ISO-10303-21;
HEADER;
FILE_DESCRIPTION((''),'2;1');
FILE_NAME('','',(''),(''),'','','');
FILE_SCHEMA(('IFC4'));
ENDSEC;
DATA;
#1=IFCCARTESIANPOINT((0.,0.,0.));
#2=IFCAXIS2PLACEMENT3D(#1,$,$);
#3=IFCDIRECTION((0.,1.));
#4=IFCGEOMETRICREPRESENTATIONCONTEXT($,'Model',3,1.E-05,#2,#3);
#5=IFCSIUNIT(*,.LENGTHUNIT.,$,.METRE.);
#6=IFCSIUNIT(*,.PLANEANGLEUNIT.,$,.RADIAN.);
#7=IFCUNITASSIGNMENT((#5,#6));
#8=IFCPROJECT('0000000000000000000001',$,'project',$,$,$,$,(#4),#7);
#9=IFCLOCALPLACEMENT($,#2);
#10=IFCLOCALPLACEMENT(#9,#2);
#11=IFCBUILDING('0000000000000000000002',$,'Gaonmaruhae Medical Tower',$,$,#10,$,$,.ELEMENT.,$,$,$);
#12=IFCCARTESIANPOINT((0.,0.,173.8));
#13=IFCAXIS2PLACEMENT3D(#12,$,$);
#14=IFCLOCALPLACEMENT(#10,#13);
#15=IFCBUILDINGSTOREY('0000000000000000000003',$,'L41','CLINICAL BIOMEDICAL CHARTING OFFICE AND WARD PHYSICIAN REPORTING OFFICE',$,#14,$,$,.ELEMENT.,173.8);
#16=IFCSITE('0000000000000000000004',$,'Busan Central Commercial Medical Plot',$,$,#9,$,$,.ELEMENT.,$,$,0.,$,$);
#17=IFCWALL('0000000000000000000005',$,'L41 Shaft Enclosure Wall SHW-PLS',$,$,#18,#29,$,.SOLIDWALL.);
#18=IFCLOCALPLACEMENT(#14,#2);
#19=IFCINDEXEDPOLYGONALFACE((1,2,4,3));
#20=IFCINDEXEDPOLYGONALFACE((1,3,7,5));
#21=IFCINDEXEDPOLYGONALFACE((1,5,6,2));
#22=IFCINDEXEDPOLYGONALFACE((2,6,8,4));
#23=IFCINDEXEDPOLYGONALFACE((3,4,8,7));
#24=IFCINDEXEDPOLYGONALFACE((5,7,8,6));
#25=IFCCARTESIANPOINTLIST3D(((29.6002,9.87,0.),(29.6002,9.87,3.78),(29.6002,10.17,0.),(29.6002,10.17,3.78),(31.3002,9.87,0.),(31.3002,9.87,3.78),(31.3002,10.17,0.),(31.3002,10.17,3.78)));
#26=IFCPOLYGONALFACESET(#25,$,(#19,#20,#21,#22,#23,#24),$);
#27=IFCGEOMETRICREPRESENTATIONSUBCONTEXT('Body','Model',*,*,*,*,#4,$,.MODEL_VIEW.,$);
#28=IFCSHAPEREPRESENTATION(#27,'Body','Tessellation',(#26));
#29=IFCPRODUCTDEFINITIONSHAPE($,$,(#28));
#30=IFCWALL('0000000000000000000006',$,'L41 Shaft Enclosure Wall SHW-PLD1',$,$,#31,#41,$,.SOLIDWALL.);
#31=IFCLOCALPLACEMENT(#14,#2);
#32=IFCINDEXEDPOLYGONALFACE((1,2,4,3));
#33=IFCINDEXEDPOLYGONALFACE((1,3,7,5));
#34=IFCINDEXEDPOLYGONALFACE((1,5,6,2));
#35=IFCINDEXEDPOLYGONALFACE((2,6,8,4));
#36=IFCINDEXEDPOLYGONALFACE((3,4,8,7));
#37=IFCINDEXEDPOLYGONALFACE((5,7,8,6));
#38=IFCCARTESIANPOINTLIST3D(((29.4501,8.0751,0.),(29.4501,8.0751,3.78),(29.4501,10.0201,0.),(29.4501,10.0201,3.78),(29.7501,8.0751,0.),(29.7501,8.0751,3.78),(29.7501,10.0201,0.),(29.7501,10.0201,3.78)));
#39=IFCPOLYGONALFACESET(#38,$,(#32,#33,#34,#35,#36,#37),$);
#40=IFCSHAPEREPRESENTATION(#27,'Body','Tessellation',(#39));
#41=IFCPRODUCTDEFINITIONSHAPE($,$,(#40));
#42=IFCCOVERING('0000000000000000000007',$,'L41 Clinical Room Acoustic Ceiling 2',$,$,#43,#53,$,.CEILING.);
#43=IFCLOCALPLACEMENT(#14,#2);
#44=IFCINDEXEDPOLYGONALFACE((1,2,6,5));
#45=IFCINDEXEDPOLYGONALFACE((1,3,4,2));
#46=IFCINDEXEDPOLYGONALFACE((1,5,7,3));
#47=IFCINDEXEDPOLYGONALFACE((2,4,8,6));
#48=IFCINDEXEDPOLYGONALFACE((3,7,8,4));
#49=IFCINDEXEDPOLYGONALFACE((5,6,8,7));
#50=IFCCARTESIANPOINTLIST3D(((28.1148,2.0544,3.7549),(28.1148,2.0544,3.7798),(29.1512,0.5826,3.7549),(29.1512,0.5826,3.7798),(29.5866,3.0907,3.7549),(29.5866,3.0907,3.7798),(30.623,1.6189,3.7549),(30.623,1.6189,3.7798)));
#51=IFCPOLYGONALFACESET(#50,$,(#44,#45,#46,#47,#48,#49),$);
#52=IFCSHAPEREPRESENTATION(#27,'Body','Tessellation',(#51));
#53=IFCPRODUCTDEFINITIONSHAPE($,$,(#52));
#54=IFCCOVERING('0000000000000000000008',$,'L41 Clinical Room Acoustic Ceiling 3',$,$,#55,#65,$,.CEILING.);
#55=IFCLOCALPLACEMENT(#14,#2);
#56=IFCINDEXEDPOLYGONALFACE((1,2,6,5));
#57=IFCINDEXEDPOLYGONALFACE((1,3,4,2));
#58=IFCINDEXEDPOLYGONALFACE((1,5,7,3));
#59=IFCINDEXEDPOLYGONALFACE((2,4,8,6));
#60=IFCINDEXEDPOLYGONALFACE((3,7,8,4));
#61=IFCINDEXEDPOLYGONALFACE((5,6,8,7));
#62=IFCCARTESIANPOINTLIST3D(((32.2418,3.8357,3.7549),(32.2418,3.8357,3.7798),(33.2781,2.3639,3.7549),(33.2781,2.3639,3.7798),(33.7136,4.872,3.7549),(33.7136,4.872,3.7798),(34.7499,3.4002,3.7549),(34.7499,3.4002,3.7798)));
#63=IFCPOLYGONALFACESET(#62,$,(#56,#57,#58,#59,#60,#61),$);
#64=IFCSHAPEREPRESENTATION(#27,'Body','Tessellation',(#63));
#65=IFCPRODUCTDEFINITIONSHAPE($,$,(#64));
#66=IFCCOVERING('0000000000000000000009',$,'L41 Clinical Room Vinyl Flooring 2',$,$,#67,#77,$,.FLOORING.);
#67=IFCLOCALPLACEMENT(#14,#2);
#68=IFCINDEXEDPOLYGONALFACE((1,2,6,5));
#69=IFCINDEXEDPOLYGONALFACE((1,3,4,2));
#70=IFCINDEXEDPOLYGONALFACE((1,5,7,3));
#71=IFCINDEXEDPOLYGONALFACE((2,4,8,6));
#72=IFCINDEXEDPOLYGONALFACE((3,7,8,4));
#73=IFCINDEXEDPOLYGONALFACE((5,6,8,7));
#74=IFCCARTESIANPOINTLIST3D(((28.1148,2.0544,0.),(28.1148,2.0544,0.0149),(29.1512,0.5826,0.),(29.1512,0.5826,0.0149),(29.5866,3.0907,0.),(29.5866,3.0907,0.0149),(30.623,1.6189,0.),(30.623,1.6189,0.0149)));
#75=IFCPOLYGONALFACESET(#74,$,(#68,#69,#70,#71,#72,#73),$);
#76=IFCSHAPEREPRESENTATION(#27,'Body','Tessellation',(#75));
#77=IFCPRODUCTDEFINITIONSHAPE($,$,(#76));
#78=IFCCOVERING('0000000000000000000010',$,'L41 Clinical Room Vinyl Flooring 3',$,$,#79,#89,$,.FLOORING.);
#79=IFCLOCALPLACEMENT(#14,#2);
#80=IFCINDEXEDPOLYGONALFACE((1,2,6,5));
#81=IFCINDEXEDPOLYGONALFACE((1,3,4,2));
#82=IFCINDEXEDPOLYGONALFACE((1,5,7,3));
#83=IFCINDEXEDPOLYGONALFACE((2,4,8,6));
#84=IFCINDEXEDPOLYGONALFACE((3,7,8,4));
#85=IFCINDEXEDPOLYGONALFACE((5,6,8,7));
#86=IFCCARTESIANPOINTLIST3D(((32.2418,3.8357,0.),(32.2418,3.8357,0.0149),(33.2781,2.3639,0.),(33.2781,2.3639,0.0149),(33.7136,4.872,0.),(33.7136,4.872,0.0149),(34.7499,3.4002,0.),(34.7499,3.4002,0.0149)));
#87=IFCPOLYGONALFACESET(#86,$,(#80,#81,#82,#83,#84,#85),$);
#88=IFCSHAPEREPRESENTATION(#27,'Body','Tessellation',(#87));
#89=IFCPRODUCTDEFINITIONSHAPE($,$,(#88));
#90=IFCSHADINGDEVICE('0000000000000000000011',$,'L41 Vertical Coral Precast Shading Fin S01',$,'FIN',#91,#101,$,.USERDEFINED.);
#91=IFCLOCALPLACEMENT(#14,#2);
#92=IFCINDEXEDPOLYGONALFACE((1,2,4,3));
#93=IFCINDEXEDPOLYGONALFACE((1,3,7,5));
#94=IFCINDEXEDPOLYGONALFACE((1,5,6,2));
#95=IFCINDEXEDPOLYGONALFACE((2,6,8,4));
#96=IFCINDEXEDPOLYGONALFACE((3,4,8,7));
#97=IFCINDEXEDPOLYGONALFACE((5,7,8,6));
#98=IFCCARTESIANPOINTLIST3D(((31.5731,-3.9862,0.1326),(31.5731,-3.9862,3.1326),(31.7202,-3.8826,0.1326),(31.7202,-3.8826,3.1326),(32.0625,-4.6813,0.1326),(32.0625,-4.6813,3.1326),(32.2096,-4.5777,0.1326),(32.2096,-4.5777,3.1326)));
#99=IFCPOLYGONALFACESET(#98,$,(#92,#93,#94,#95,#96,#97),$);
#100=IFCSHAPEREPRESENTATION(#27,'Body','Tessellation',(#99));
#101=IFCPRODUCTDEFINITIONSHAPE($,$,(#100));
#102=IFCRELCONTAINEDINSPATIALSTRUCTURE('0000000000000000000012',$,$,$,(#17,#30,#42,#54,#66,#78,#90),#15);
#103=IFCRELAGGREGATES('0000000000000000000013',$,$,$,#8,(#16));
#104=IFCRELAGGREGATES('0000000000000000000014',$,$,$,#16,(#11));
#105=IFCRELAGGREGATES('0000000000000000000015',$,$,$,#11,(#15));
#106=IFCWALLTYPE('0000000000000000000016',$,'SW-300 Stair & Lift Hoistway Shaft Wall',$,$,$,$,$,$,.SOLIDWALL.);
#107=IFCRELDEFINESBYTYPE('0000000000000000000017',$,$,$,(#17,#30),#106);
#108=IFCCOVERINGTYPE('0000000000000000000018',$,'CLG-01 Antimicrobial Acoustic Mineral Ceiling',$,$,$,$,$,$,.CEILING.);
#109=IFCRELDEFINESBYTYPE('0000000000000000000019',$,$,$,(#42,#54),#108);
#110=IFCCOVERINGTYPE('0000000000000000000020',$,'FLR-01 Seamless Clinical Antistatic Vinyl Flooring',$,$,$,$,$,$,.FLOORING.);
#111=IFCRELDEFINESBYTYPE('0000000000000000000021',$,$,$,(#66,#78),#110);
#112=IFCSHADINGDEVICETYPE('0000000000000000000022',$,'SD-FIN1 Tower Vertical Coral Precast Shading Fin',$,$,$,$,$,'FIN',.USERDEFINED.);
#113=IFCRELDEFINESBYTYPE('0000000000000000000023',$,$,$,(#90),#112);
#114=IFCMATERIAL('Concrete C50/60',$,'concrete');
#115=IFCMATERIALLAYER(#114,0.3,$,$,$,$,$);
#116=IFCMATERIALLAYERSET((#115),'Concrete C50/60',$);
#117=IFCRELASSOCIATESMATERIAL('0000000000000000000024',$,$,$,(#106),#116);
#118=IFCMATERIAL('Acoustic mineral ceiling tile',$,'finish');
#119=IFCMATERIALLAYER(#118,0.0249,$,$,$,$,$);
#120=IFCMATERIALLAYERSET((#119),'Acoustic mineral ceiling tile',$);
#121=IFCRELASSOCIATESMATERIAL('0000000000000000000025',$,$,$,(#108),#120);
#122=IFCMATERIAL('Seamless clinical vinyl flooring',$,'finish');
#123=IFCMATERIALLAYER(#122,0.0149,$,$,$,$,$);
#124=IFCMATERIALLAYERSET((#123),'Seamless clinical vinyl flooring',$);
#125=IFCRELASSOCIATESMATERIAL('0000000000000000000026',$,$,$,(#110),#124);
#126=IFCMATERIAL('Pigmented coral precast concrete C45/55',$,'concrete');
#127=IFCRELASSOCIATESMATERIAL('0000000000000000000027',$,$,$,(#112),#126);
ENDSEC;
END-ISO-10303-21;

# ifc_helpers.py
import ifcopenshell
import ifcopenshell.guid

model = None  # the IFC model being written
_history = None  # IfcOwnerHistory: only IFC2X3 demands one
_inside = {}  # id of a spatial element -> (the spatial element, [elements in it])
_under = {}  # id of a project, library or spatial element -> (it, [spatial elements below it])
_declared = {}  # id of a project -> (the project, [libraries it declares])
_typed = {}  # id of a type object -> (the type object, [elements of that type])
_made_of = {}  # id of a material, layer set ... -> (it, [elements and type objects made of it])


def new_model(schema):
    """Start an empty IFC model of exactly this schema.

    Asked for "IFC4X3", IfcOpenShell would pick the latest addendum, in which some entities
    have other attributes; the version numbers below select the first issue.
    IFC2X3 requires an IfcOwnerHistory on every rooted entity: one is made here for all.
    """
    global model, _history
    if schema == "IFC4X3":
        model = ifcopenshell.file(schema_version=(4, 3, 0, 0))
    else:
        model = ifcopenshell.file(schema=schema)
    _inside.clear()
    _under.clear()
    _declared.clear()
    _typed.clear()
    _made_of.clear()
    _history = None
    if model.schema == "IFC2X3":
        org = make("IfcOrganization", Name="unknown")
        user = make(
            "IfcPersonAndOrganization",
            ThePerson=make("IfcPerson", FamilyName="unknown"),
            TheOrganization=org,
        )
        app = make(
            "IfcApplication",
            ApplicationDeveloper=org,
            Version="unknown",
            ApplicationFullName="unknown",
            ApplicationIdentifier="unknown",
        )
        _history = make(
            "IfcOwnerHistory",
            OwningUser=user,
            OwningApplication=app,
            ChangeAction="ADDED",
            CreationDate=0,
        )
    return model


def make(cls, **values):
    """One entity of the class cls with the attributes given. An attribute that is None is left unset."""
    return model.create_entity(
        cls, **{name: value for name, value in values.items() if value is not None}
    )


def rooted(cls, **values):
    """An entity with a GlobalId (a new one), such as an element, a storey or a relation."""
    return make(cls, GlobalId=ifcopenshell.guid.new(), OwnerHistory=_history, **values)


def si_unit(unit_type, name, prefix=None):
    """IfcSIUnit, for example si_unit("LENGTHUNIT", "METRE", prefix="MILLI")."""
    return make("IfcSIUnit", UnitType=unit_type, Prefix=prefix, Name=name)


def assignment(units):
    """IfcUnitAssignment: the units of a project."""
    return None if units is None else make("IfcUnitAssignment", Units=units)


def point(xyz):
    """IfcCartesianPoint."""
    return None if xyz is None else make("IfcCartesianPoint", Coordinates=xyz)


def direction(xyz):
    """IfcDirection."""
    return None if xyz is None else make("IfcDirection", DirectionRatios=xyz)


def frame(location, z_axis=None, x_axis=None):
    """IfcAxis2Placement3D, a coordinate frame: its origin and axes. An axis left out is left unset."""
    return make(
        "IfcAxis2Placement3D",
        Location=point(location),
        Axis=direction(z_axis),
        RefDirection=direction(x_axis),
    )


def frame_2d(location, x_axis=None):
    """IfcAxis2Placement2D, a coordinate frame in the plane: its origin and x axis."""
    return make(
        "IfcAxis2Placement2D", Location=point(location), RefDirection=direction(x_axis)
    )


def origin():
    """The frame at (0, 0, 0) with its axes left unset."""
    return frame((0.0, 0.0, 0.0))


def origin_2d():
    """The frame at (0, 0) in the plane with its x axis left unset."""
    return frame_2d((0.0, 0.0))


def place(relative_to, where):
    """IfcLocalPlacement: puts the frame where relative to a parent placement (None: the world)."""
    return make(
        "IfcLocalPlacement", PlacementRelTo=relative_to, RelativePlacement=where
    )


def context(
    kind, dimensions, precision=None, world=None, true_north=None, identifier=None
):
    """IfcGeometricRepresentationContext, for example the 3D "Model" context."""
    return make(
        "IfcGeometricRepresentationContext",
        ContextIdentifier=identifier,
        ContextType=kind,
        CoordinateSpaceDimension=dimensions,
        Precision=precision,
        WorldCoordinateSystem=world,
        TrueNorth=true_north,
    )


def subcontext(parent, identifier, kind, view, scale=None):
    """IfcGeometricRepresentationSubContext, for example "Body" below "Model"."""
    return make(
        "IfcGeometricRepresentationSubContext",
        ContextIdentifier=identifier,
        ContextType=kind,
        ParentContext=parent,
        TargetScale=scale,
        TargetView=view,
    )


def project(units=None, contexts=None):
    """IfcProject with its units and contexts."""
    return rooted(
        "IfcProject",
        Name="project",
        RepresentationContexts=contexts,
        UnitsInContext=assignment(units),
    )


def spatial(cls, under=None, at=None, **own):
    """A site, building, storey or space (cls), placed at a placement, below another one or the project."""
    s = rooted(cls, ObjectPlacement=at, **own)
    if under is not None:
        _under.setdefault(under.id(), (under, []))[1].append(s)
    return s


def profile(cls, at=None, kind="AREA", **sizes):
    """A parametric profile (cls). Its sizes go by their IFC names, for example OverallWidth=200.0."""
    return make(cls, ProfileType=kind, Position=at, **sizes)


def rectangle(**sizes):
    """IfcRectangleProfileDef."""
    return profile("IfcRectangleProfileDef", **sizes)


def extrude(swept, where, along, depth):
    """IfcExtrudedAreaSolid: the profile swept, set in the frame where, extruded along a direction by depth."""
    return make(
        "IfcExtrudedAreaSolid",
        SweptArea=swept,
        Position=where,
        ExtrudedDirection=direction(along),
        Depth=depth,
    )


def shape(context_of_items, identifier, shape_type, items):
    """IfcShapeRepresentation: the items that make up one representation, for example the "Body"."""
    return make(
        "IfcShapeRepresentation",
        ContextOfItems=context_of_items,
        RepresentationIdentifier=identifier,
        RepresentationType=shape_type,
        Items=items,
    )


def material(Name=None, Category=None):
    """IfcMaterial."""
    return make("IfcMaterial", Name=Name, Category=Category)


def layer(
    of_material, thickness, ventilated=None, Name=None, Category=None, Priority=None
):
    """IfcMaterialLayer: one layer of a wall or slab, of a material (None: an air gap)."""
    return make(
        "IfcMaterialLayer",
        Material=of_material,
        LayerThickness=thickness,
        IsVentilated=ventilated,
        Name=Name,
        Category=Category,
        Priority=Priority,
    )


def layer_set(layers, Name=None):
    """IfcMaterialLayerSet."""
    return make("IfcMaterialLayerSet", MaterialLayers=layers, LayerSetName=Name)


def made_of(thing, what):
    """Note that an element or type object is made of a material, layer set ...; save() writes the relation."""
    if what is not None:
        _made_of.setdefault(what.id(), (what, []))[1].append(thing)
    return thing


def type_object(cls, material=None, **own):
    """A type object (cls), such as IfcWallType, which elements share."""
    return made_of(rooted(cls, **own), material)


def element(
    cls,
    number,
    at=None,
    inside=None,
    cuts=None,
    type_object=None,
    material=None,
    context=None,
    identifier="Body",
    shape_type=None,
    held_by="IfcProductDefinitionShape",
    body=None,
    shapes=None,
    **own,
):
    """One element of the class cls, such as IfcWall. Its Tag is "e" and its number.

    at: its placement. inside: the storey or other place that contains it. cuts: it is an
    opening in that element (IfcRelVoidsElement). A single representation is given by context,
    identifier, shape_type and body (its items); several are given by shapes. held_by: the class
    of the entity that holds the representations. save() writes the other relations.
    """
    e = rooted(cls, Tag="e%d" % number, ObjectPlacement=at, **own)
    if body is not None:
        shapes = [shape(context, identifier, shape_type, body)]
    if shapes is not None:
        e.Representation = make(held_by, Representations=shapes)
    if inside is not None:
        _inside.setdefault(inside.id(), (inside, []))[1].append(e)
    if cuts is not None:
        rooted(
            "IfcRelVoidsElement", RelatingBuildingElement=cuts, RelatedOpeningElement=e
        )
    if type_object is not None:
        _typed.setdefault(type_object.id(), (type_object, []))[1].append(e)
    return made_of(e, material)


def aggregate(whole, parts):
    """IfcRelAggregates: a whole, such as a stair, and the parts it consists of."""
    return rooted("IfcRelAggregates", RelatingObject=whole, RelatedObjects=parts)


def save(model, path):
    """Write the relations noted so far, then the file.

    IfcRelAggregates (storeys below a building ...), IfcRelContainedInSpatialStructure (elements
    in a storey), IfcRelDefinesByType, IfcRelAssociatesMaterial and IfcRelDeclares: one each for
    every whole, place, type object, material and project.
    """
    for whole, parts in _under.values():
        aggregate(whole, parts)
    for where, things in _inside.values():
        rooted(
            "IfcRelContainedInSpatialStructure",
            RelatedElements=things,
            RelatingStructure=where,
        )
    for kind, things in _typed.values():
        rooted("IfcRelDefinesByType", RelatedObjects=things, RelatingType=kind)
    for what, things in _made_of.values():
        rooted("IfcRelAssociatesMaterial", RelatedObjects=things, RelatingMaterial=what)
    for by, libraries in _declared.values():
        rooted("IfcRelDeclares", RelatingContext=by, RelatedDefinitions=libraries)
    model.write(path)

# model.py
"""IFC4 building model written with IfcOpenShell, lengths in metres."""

from ifc_helpers import new_model, si_unit, direction, frame, frame_2d, origin, origin_2d, place, context, subcontext, project, spatial, rectangle, extrude, material, layer, layer_set, type_object, element, save


model = new_model("IFC4")

# Units and contexts
model_context = context("Model", 3, precision=1e-05, world=origin(), true_north=direction((0.0, 1.0)))
body_context = subcontext(model_context, "Body", "Model", "MODEL_VIEW")
ifc_project = project(units=[si_unit("LENGTHUNIT", "METRE"), si_unit("PLANEANGLEUNIT", "RADIAN")], contexts=[model_context])

# Site, building, storey
site_placement = place(None, origin())
site = spatial("IfcSite", under=ifc_project, at=site_placement, Name="Busan Central Commercial Medical Plot", CompositionType="ELEMENT", RefElevation=0.0)
building_placement = place(site_placement, origin())
building = spatial("IfcBuilding", under=site, at=building_placement, Name="Gaonmaruhae Medical Tower", CompositionType="ELEMENT")
storey_placement = place(building_placement, frame((0.0, 0.0, 173.8)))
storey = spatial("IfcBuildingStorey", under=building, at=storey_placement, Name="L41", Description="CLINICAL BIOMEDICAL CHARTING OFFICE AND WARD PHYSICIAN REPORTING OFFICE", CompositionType="ELEMENT", Elevation=173.8)

# Shared definitions
ifc_material_1 = material(Name="Concrete C50/60", Category="concrete")

# Walls
ifc_layer_1 = layer(ifc_material_1, 0.3)
ifc_layer_set_1 = layer_set([ifc_layer_1], Name="Concrete C50/60")
wall_type_1 = type_object("IfcWallType", Name="SW-300 Stair & Lift Hoistway Shaft Wall", PredefinedType="SOLIDWALL", material=ifc_layer_set_1)
wall_1_placement = place(storey_placement, frame((29.6001, 10.02, 0.0), z_axis=(0.0, 0.0, 1.0), x_axis=(1.0, 0.0, 0.0)))
element("IfcWall", 1, at=wall_1_placement, inside=storey, type_object=wall_type_1, Name="L41 Shaft Enclosure Wall SHW-PLS", PredefinedType="SOLIDWALL", context=body_context, shape_type="SweptSolid", body=[
    extrude(rectangle(XDim=1.7, YDim=0.3, at=frame_2d((0.8501, 0.0))), origin(), (0.0, 0.0, 1.0), 3.78),
])
wall_2_placement = place(storey_placement, frame((29.6001, 8.075, 0.0), z_axis=(0.0, 0.0, 1.0), x_axis=(0.0, 1.0, 0.0)))
element("IfcWall", 2, at=wall_2_placement, inside=storey, type_object=wall_type_1, Name="L41 Shaft Enclosure Wall SHW-PLD1", PredefinedType="SOLIDWALL", context=body_context, shape_type="SweptSolid", body=[
    extrude(rectangle(XDim=1.9451, YDim=0.3, at=frame_2d((0.9727, 0.0))), origin(), (0.0, 0.0, 1.0), 3.78),
])

# Coverings
ifc_material_2 = material(Name="Acoustic mineral ceiling tile", Category="finish")
ifc_layer_2 = layer(ifc_material_2, 0.0249)
ifc_layer_set_2 = layer_set([ifc_layer_2], Name="Acoustic mineral ceiling tile")
covering_type_1 = type_object("IfcCoveringType", Name="CLG-01 Antimicrobial Acoustic Mineral Ceiling", PredefinedType="CEILING", material=ifc_layer_set_2)
for number, where, z_axis, x_axis, name in (
    (3, (29.3689, 1.8367, 3.7549), (0.0, 0.0, 1.0), (0.817648, 0.575719, 0.0), "L41 Clinical Room Acoustic Ceiling 2"),
    (4, (33.4958, 3.6179, 3.7549), (0.0, 0.0, 1.0), (0.817648, 0.575719, 0.0), "L41 Clinical Room Acoustic Ceiling 3"),
):
    element("IfcCovering", number, at=place(storey_placement, frame(where, z_axis=z_axis, x_axis=x_axis)), inside=storey, type_object=covering_type_1, Name=name, PredefinedType="CEILING", context=body_context, shape_type="SweptSolid", body=[
        extrude(rectangle(XDim=1.8, YDim=1.8, at=origin_2d()), origin(), (0.0, 0.0, 1.0), 0.0249),
    ])
ifc_material_3 = material(Name="Seamless clinical vinyl flooring", Category="finish")
ifc_layer_3 = layer(ifc_material_3, 0.0149)
ifc_layer_set_3 = layer_set([ifc_layer_3], Name="Seamless clinical vinyl flooring")
covering_type_2 = type_object("IfcCoveringType", Name="FLR-01 Seamless Clinical Antistatic Vinyl Flooring", PredefinedType="FLOORING", material=ifc_layer_set_3)
for number, where, z_axis, x_axis, name in (
    (5, (29.3689, 1.8367, 0.0), (0.0, 0.0, 1.0), (0.817648, 0.575719, 0.0), "L41 Clinical Room Vinyl Flooring 2"),
    (6, (33.4958, 3.6179, 0.0), (0.0, 0.0, 1.0), (0.817648, 0.575719, 0.0), "L41 Clinical Room Vinyl Flooring 3"),
):
    element("IfcCovering", number, at=place(storey_placement, frame(where, z_axis=z_axis, x_axis=x_axis)), inside=storey, type_object=covering_type_2, Name=name, PredefinedType="FLOORING", context=body_context, shape_type="SweptSolid", body=[
        extrude(rectangle(XDim=1.8, YDim=1.8, at=origin_2d()), origin(), (0.0, 0.0, 1.0), 0.0149),
    ])

# Shading device
ifc_material_4 = material(Name="Pigmented coral precast concrete C45/55", Category="concrete")
shading_device_type = type_object("IfcShadingDeviceType", Name="SD-FIN1 Tower Vertical Coral Precast Shading Fin", ElementType="FIN", PredefinedType="USERDEFINED", material=ifc_material_4)
shading_device_placement = place(storey_placement, frame((31.8914, -4.282, 0.1326), z_axis=(0.0, 0.0, 1.0), x_axis=(-0.817648, -0.575719, 0.0)))
element("IfcShadingDevice", 7, at=shading_device_placement, inside=storey, type_object=shading_device_type, Name="L41 Vertical Coral Precast Shading Fin S01", ObjectType="FIN", PredefinedType="USERDEFINED", context=body_context, shape_type="SweptSolid", body=[
    extrude(rectangle(XDim=0.1799, YDim=0.8501, at=origin_2d()), origin(), (0.0, 0.0, 1.0), 3.0),
])

save(model, "model.ifc")
